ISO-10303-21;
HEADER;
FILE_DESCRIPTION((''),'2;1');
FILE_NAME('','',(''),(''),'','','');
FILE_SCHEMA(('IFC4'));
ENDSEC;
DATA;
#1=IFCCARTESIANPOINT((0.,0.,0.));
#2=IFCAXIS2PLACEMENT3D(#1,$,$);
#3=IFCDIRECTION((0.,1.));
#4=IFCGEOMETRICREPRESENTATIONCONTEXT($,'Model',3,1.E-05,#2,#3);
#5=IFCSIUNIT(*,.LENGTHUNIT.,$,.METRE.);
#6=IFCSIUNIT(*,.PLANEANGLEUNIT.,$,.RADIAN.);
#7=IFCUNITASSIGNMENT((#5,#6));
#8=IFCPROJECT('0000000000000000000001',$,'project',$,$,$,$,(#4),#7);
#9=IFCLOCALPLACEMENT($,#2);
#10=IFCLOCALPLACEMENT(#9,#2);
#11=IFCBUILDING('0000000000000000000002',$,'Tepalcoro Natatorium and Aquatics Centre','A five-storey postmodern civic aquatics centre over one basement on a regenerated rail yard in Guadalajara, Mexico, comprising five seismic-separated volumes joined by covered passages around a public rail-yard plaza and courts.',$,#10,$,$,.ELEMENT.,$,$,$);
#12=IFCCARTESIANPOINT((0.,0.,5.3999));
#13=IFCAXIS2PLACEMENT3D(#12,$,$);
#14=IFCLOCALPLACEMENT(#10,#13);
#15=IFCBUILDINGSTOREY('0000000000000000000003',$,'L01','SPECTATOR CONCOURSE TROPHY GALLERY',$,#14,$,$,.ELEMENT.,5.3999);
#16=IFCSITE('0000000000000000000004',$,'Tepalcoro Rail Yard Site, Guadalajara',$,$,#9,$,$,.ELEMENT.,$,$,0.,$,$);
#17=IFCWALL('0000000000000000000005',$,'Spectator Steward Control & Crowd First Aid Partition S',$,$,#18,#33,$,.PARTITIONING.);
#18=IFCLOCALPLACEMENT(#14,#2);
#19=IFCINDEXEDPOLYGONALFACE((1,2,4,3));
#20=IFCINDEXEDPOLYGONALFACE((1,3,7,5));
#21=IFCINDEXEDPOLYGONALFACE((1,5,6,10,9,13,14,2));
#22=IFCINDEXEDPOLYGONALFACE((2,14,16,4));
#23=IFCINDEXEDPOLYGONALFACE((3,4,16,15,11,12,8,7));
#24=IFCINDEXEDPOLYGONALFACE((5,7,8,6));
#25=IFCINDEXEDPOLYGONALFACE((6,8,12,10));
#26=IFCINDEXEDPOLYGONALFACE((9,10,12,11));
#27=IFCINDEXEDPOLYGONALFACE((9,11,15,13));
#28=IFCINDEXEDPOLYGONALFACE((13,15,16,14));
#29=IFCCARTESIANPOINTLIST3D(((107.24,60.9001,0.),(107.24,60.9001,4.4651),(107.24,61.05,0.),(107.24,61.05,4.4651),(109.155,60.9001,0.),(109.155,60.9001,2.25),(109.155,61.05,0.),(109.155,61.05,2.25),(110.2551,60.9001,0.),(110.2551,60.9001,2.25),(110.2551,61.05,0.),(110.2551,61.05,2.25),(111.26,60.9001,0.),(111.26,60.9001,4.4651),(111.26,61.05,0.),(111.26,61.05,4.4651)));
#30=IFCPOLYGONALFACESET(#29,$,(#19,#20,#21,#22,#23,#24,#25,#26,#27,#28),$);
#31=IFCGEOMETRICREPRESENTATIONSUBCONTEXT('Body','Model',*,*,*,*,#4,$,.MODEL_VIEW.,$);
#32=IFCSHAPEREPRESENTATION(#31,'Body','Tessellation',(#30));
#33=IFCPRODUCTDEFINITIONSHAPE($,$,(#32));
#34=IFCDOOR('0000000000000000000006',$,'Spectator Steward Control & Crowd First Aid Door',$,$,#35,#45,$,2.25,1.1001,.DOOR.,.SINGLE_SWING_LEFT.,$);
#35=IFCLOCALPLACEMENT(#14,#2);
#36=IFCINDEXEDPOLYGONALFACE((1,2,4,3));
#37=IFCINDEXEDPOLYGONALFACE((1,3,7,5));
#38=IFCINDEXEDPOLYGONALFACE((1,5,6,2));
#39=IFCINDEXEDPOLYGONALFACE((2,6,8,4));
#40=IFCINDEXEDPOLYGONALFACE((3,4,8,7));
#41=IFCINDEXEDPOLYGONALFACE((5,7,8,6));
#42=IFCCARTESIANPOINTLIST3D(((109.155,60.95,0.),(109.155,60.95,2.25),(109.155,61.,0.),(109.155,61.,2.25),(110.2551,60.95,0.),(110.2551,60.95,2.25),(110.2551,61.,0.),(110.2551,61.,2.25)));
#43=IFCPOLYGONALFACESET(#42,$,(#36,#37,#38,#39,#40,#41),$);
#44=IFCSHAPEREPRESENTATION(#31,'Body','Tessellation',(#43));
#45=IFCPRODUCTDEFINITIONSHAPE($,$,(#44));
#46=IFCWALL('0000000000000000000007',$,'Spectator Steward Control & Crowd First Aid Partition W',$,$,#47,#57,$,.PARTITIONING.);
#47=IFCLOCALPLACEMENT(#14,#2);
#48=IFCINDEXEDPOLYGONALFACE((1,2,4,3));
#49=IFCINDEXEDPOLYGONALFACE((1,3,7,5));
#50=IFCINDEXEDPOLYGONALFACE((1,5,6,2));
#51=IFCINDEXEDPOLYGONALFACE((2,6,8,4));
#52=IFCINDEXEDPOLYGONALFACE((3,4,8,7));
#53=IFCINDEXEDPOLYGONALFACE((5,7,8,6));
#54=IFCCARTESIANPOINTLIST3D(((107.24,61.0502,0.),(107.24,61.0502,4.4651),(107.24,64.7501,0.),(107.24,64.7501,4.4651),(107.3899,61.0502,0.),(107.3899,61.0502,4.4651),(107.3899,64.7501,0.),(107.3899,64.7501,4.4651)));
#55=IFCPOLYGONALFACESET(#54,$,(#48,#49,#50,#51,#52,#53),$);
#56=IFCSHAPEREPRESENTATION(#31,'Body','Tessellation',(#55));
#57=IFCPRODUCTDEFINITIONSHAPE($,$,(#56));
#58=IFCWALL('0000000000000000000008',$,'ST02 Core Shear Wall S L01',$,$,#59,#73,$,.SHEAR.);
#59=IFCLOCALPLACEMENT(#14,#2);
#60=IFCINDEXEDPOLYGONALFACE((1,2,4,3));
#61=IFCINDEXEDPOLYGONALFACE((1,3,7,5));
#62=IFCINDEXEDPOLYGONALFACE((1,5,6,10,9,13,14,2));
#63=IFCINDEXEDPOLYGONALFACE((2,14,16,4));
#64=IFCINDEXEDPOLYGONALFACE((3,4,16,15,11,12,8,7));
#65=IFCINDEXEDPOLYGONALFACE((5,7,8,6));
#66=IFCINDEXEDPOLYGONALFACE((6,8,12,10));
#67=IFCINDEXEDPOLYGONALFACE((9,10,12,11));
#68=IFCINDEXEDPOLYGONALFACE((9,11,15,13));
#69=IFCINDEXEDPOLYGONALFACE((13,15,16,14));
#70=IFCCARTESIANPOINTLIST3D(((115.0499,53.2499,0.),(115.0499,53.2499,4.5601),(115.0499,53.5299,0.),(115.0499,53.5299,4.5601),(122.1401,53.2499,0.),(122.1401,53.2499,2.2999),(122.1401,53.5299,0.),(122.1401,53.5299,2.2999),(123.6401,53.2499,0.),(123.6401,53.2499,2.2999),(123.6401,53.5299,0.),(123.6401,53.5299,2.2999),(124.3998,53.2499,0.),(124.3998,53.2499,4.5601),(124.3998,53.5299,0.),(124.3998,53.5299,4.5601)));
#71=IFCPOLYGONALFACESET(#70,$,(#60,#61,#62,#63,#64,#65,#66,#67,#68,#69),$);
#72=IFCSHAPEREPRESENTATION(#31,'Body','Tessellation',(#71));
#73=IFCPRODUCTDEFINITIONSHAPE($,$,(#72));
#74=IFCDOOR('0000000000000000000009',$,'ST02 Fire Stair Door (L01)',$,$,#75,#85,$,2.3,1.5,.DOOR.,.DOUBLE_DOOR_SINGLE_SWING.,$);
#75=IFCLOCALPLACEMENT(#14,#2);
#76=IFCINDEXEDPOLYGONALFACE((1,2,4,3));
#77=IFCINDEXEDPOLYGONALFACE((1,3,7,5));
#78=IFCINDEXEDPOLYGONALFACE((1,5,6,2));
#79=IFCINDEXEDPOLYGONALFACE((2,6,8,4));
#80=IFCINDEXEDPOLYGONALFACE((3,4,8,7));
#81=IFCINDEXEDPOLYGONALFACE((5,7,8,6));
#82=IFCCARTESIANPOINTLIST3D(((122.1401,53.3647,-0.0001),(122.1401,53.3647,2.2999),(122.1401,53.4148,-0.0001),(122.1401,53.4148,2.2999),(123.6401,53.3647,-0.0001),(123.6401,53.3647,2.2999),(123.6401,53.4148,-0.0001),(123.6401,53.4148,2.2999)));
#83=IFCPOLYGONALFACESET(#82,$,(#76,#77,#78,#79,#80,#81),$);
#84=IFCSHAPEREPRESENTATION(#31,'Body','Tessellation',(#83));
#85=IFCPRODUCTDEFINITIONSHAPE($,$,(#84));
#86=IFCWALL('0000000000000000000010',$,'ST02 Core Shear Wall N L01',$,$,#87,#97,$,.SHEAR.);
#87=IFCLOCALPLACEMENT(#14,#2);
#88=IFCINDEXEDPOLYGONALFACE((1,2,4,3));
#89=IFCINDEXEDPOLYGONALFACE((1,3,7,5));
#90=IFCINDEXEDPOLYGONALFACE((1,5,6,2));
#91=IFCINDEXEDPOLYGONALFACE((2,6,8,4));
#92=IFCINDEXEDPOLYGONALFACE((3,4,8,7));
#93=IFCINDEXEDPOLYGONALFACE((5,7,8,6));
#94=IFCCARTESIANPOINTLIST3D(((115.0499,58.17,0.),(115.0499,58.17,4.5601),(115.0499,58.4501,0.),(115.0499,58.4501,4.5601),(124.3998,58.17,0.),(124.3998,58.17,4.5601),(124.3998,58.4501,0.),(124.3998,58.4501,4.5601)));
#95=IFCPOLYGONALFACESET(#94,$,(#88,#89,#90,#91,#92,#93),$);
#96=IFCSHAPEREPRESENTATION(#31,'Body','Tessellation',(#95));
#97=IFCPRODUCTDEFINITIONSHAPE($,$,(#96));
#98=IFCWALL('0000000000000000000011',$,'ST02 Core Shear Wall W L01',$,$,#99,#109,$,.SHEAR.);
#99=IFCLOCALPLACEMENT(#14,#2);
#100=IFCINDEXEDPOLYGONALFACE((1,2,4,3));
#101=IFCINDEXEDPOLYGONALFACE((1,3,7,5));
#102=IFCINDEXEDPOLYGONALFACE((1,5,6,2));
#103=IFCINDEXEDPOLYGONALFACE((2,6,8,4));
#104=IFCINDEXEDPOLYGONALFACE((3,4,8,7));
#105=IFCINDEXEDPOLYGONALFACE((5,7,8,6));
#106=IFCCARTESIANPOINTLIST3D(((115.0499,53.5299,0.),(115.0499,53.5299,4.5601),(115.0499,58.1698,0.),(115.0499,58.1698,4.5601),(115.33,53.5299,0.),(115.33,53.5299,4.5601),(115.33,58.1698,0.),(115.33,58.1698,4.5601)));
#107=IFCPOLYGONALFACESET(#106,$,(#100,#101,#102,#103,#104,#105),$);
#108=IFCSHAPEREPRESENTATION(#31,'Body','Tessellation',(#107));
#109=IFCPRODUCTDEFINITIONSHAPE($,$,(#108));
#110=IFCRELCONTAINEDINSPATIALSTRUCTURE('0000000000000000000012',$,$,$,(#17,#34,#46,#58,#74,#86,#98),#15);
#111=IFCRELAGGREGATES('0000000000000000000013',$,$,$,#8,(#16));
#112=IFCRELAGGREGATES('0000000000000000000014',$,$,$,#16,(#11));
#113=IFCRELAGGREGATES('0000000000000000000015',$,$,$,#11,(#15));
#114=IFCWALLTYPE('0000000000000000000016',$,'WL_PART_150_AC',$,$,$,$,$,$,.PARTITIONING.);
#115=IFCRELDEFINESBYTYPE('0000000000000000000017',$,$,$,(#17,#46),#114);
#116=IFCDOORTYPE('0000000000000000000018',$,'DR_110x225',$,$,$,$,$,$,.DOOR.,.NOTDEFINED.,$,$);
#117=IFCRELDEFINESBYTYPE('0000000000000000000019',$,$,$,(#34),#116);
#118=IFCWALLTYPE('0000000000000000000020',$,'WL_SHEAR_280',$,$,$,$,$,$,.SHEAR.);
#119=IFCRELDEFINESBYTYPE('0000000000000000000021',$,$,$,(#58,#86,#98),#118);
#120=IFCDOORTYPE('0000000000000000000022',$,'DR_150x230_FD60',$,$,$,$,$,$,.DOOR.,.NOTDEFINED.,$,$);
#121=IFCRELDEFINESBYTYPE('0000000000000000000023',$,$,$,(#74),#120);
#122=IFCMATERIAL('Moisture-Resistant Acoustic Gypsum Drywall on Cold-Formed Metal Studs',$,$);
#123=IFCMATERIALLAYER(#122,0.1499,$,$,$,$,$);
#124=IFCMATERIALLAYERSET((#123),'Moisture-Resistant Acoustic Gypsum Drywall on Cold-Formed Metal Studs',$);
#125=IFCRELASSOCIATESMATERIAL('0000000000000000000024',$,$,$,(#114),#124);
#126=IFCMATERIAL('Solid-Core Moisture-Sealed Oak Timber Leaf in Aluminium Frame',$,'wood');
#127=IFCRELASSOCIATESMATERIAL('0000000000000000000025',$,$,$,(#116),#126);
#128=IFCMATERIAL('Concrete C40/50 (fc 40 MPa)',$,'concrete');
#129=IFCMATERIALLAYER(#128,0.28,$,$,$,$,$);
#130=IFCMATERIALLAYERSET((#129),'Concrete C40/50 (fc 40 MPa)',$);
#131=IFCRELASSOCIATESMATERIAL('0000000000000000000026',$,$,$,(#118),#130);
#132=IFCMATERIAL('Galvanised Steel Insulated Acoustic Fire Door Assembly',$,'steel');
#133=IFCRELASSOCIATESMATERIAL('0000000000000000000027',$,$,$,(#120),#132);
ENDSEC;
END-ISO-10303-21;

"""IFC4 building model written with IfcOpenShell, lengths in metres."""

from ifc_helpers import new_model, si_unit, direction, frame, frame_2d, origin, place, context, subcontext, project, spatial, rectangle, extrude, material, layer, layer_set, type_object, element, fill, save


model = new_model("IFC4")

# Units and contexts
model_context = context("Model", 3, precision=1e-05, world=origin(), true_north=direction((0.0, 1.0)))
body_context = subcontext(model_context, "Body", "Model", "MODEL_VIEW")
ifc_project = project(units=[si_unit("LENGTHUNIT", "METRE"), si_unit("PLANEANGLEUNIT", "RADIAN")], contexts=[model_context])

# Site, building, storey
site_placement = place(None, origin())
site = spatial("IfcSite", under=ifc_project, at=site_placement, Name="Tepalcoro Rail Yard Site, Guadalajara", CompositionType="ELEMENT", RefElevation=0.0)
building_placement = place(site_placement, origin())
building = spatial("IfcBuilding", under=site, at=building_placement, Name="Tepalcoro Natatorium and Aquatics Centre", Description="A five-storey postmodern civic aquatics centre over one basement on a regenerated rail yard in Guadalajara, Mexico, comprising five seismic-separated volumes joined by covered passages around a public rail-yard plaza and courts.", CompositionType="ELEMENT")
storey_placement = place(building_placement, frame((0.0, 0.0, 5.3999)))
storey = spatial("IfcBuildingStorey", under=building, at=storey_placement, Name="L01", Description="SPECTATOR CONCOURSE TROPHY GALLERY", CompositionType="ELEMENT", Elevation=5.3999)

# Shared definitions
ifc_material_1 = material(Name="Concrete C40/50 (fc 40 MPa)", Category="concrete")

# Wall, opening, door
ifc_material_2 = material(Name="Moisture-Resistant Acoustic Gypsum Drywall on Cold-Formed Metal Studs")
ifc_layer_1 = layer(ifc_material_2, 0.1499)
ifc_layer_set_1 = layer_set([ifc_layer_1], Name="Moisture-Resistant Acoustic Gypsum Drywall on Cold-Formed Metal Studs")
wall_type_1 = type_object("IfcWallType", Name="WL_PART_150_AC", PredefinedType="PARTITIONING", material=ifc_layer_set_1)
wall_1_placement = place(storey_placement, frame((107.24, 60.9751, 0.0), z_axis=(0.0, 0.0, 1.0), x_axis=(1.0, 0.0, 0.0)))
wall_1 = element("IfcWall", 1, at=wall_1_placement, inside=storey, type_object=wall_type_1, Name="Spectator Steward Control & Crowd First Aid Partition S", PredefinedType="PARTITIONING", context=body_context, shape_type="SweptSolid", body=[
    extrude(rectangle(XDim=4.02, YDim=0.1499, at=frame_2d((2.01, 0.0))), origin(), (0.0, 0.0, 1.0), 4.4651),
])
opening_1_placement = place(wall_1_placement, frame((1.915, 0.0, 0.0)))
opening_1 = element("IfcOpeningElement", 2, at=opening_1_placement, cuts=wall_1, PredefinedType="OPENING", context=body_context, shape_type="SweptSolid", body=[
    extrude(rectangle(XDim=1.1001, YDim=2.25, at=frame_2d((0.55, 1.125))), frame((0.0, 0.0869, 0.0), z_axis=(0.0, -1.0, 0.0), x_axis=(1.0, 0.0, 0.0)), (0.0, 0.0, 1.0), 0.1738),
])
ifc_material_3 = material(Name="Solid-Core Moisture-Sealed Oak Timber Leaf in Aluminium Frame", Category="wood")
door_type_1 = type_object("IfcDoorType", Name="DR_110x225", OperationType="NOTDEFINED", PredefinedType="DOOR", material=ifc_material_3)
door_1_placement = place(opening_1_placement, origin())
door_1 = element("IfcDoor", 3, at=door_1_placement, inside=storey, type_object=door_type_1, Name="Spectator Steward Control & Crowd First Aid Door", OperationType="SINGLE_SWING_LEFT", OverallHeight=2.25, OverallWidth=1.1001, PredefinedType="DOOR", context=body_context, shape_type="SweptSolid", body=[
    extrude(rectangle(XDim=1.1001, YDim=2.25, at=frame_2d((0.55, 1.125))), frame((0.0, 0.0249, 0.0), z_axis=(0.0, -1.0, 0.0), x_axis=(1.0, 0.0, 0.0)), (0.0, 0.0, 1.0), 0.05),
])
fill(opening_1, door_1)

# Wall
wall_2_placement = place(storey_placement, frame((107.3149, 61.05, 0.0), z_axis=(0.0, 0.0, 1.0), x_axis=(0.0, 1.0, 0.0)))
element("IfcWall", 4, at=wall_2_placement, inside=storey, type_object=wall_type_1, Name="Spectator Steward Control & Crowd First Aid Partition W", PredefinedType="PARTITIONING", context=body_context, shape_type="SweptSolid", body=[
    extrude(rectangle(XDim=3.7, YDim=0.1499, at=frame_2d((1.8501, 0.0))), origin(), (0.0, 0.0, 1.0), 4.4651),
])

# Wall, opening, door
ifc_layer_2 = layer(ifc_material_1, 0.28)
ifc_layer_set_2 = layer_set([ifc_layer_2], Name="Concrete C40/50 (fc 40 MPa)")
wall_type_2 = type_object("IfcWallType", Name="WL_SHEAR_280", PredefinedType="SHEAR", material=ifc_layer_set_2)
wall_3_placement = place(storey_placement, frame((115.05, 53.3899, 0.0), z_axis=(0.0, 0.0, 1.0), x_axis=(1.0, 0.0, 0.0)))
wall_3 = element("IfcWall", 5, at=wall_3_placement, inside=storey, type_object=wall_type_2, Name="ST02 Core Shear Wall S L01", PredefinedType="SHEAR", context=body_context, shape_type="SweptSolid", body=[
    extrude(rectangle(XDim=9.3499, YDim=0.28, at=frame_2d((4.6748, 0.0))), origin(), (0.0, 0.0, 1.0), 4.5601),
])
opening_2_placement = place(wall_3_placement, frame((7.0901, 0.0, 0.0)))
opening_2 = element("IfcOpeningElement", 6, at=opening_2_placement, cuts=wall_3, PredefinedType="OPENING", context=body_context, shape_type="SweptSolid", body=[
    extrude(rectangle(XDim=1.5, YDim=2.3, at=frame_2d((0.75, 1.1499))), frame((0.0, 0.1519, 0.0), z_axis=(0.0, -1.0, 0.0), x_axis=(1.0, 0.0, 0.0)), (0.0, 0.0, 1.0), 0.304),
])
ifc_material_4 = material(Name="Galvanised Steel Insulated Acoustic Fire Door Assembly", Category="steel")
door_type_2 = type_object("IfcDoorType", Name="DR_150x230_FD60", OperationType="NOTDEFINED", PredefinedType="DOOR", material=ifc_material_4)
door_2_placement = place(opening_2_placement, origin())
door_2 = element("IfcDoor", 7, at=door_2_placement, inside=storey, type_object=door_type_2, Name="ST02 Fire Stair Door (L01)", OperationType="DOUBLE_DOOR_SINGLE_SWING", OverallHeight=2.3, OverallWidth=1.5, PredefinedType="DOOR", context=body_context, shape_type="SweptSolid", body=[
    extrude(rectangle(XDim=1.5, YDim=2.3, at=frame_2d((0.75, 1.1499))), frame((0.0, 0.0249, 0.0), z_axis=(0.0, -1.0, 0.0), x_axis=(1.0, 0.0, 0.0)), (0.0, 0.0, 1.0), 0.05),
])
fill(opening_2, door_2)

# Walls
wall_4_placement = place(storey_placement, frame((115.05, 58.3101, 0.0), z_axis=(0.0, 0.0, 1.0), x_axis=(1.0, 0.0, 0.0)))
element("IfcWall", 8, at=wall_4_placement, inside=storey, type_object=wall_type_2, Name="ST02 Core Shear Wall N L01", PredefinedType="SHEAR", context=body_context, shape_type="SweptSolid", body=[
    extrude(rectangle(XDim=9.3499, YDim=0.28, at=frame_2d((4.6748, 0.0))), origin(), (0.0, 0.0, 1.0), 4.5601),
])
wall_5_placement = place(storey_placement, frame((115.1899, 53.53, 0.0), z_axis=(0.0, 0.0, 1.0), x_axis=(0.0, 1.0, 0.0)))
element("IfcWall", 9, at=wall_5_placement, inside=storey, type_object=wall_type_2, Name="ST02 Core Shear Wall W L01", PredefinedType="SHEAR", context=body_context, shape_type="SweptSolid", body=[
    extrude(rectangle(XDim=4.6399, YDim=0.28, at=frame_2d((2.3198, 0.0))), origin(), (0.0, 0.0, 1.0), 4.5601),
])

save(model, "model.ifc")
